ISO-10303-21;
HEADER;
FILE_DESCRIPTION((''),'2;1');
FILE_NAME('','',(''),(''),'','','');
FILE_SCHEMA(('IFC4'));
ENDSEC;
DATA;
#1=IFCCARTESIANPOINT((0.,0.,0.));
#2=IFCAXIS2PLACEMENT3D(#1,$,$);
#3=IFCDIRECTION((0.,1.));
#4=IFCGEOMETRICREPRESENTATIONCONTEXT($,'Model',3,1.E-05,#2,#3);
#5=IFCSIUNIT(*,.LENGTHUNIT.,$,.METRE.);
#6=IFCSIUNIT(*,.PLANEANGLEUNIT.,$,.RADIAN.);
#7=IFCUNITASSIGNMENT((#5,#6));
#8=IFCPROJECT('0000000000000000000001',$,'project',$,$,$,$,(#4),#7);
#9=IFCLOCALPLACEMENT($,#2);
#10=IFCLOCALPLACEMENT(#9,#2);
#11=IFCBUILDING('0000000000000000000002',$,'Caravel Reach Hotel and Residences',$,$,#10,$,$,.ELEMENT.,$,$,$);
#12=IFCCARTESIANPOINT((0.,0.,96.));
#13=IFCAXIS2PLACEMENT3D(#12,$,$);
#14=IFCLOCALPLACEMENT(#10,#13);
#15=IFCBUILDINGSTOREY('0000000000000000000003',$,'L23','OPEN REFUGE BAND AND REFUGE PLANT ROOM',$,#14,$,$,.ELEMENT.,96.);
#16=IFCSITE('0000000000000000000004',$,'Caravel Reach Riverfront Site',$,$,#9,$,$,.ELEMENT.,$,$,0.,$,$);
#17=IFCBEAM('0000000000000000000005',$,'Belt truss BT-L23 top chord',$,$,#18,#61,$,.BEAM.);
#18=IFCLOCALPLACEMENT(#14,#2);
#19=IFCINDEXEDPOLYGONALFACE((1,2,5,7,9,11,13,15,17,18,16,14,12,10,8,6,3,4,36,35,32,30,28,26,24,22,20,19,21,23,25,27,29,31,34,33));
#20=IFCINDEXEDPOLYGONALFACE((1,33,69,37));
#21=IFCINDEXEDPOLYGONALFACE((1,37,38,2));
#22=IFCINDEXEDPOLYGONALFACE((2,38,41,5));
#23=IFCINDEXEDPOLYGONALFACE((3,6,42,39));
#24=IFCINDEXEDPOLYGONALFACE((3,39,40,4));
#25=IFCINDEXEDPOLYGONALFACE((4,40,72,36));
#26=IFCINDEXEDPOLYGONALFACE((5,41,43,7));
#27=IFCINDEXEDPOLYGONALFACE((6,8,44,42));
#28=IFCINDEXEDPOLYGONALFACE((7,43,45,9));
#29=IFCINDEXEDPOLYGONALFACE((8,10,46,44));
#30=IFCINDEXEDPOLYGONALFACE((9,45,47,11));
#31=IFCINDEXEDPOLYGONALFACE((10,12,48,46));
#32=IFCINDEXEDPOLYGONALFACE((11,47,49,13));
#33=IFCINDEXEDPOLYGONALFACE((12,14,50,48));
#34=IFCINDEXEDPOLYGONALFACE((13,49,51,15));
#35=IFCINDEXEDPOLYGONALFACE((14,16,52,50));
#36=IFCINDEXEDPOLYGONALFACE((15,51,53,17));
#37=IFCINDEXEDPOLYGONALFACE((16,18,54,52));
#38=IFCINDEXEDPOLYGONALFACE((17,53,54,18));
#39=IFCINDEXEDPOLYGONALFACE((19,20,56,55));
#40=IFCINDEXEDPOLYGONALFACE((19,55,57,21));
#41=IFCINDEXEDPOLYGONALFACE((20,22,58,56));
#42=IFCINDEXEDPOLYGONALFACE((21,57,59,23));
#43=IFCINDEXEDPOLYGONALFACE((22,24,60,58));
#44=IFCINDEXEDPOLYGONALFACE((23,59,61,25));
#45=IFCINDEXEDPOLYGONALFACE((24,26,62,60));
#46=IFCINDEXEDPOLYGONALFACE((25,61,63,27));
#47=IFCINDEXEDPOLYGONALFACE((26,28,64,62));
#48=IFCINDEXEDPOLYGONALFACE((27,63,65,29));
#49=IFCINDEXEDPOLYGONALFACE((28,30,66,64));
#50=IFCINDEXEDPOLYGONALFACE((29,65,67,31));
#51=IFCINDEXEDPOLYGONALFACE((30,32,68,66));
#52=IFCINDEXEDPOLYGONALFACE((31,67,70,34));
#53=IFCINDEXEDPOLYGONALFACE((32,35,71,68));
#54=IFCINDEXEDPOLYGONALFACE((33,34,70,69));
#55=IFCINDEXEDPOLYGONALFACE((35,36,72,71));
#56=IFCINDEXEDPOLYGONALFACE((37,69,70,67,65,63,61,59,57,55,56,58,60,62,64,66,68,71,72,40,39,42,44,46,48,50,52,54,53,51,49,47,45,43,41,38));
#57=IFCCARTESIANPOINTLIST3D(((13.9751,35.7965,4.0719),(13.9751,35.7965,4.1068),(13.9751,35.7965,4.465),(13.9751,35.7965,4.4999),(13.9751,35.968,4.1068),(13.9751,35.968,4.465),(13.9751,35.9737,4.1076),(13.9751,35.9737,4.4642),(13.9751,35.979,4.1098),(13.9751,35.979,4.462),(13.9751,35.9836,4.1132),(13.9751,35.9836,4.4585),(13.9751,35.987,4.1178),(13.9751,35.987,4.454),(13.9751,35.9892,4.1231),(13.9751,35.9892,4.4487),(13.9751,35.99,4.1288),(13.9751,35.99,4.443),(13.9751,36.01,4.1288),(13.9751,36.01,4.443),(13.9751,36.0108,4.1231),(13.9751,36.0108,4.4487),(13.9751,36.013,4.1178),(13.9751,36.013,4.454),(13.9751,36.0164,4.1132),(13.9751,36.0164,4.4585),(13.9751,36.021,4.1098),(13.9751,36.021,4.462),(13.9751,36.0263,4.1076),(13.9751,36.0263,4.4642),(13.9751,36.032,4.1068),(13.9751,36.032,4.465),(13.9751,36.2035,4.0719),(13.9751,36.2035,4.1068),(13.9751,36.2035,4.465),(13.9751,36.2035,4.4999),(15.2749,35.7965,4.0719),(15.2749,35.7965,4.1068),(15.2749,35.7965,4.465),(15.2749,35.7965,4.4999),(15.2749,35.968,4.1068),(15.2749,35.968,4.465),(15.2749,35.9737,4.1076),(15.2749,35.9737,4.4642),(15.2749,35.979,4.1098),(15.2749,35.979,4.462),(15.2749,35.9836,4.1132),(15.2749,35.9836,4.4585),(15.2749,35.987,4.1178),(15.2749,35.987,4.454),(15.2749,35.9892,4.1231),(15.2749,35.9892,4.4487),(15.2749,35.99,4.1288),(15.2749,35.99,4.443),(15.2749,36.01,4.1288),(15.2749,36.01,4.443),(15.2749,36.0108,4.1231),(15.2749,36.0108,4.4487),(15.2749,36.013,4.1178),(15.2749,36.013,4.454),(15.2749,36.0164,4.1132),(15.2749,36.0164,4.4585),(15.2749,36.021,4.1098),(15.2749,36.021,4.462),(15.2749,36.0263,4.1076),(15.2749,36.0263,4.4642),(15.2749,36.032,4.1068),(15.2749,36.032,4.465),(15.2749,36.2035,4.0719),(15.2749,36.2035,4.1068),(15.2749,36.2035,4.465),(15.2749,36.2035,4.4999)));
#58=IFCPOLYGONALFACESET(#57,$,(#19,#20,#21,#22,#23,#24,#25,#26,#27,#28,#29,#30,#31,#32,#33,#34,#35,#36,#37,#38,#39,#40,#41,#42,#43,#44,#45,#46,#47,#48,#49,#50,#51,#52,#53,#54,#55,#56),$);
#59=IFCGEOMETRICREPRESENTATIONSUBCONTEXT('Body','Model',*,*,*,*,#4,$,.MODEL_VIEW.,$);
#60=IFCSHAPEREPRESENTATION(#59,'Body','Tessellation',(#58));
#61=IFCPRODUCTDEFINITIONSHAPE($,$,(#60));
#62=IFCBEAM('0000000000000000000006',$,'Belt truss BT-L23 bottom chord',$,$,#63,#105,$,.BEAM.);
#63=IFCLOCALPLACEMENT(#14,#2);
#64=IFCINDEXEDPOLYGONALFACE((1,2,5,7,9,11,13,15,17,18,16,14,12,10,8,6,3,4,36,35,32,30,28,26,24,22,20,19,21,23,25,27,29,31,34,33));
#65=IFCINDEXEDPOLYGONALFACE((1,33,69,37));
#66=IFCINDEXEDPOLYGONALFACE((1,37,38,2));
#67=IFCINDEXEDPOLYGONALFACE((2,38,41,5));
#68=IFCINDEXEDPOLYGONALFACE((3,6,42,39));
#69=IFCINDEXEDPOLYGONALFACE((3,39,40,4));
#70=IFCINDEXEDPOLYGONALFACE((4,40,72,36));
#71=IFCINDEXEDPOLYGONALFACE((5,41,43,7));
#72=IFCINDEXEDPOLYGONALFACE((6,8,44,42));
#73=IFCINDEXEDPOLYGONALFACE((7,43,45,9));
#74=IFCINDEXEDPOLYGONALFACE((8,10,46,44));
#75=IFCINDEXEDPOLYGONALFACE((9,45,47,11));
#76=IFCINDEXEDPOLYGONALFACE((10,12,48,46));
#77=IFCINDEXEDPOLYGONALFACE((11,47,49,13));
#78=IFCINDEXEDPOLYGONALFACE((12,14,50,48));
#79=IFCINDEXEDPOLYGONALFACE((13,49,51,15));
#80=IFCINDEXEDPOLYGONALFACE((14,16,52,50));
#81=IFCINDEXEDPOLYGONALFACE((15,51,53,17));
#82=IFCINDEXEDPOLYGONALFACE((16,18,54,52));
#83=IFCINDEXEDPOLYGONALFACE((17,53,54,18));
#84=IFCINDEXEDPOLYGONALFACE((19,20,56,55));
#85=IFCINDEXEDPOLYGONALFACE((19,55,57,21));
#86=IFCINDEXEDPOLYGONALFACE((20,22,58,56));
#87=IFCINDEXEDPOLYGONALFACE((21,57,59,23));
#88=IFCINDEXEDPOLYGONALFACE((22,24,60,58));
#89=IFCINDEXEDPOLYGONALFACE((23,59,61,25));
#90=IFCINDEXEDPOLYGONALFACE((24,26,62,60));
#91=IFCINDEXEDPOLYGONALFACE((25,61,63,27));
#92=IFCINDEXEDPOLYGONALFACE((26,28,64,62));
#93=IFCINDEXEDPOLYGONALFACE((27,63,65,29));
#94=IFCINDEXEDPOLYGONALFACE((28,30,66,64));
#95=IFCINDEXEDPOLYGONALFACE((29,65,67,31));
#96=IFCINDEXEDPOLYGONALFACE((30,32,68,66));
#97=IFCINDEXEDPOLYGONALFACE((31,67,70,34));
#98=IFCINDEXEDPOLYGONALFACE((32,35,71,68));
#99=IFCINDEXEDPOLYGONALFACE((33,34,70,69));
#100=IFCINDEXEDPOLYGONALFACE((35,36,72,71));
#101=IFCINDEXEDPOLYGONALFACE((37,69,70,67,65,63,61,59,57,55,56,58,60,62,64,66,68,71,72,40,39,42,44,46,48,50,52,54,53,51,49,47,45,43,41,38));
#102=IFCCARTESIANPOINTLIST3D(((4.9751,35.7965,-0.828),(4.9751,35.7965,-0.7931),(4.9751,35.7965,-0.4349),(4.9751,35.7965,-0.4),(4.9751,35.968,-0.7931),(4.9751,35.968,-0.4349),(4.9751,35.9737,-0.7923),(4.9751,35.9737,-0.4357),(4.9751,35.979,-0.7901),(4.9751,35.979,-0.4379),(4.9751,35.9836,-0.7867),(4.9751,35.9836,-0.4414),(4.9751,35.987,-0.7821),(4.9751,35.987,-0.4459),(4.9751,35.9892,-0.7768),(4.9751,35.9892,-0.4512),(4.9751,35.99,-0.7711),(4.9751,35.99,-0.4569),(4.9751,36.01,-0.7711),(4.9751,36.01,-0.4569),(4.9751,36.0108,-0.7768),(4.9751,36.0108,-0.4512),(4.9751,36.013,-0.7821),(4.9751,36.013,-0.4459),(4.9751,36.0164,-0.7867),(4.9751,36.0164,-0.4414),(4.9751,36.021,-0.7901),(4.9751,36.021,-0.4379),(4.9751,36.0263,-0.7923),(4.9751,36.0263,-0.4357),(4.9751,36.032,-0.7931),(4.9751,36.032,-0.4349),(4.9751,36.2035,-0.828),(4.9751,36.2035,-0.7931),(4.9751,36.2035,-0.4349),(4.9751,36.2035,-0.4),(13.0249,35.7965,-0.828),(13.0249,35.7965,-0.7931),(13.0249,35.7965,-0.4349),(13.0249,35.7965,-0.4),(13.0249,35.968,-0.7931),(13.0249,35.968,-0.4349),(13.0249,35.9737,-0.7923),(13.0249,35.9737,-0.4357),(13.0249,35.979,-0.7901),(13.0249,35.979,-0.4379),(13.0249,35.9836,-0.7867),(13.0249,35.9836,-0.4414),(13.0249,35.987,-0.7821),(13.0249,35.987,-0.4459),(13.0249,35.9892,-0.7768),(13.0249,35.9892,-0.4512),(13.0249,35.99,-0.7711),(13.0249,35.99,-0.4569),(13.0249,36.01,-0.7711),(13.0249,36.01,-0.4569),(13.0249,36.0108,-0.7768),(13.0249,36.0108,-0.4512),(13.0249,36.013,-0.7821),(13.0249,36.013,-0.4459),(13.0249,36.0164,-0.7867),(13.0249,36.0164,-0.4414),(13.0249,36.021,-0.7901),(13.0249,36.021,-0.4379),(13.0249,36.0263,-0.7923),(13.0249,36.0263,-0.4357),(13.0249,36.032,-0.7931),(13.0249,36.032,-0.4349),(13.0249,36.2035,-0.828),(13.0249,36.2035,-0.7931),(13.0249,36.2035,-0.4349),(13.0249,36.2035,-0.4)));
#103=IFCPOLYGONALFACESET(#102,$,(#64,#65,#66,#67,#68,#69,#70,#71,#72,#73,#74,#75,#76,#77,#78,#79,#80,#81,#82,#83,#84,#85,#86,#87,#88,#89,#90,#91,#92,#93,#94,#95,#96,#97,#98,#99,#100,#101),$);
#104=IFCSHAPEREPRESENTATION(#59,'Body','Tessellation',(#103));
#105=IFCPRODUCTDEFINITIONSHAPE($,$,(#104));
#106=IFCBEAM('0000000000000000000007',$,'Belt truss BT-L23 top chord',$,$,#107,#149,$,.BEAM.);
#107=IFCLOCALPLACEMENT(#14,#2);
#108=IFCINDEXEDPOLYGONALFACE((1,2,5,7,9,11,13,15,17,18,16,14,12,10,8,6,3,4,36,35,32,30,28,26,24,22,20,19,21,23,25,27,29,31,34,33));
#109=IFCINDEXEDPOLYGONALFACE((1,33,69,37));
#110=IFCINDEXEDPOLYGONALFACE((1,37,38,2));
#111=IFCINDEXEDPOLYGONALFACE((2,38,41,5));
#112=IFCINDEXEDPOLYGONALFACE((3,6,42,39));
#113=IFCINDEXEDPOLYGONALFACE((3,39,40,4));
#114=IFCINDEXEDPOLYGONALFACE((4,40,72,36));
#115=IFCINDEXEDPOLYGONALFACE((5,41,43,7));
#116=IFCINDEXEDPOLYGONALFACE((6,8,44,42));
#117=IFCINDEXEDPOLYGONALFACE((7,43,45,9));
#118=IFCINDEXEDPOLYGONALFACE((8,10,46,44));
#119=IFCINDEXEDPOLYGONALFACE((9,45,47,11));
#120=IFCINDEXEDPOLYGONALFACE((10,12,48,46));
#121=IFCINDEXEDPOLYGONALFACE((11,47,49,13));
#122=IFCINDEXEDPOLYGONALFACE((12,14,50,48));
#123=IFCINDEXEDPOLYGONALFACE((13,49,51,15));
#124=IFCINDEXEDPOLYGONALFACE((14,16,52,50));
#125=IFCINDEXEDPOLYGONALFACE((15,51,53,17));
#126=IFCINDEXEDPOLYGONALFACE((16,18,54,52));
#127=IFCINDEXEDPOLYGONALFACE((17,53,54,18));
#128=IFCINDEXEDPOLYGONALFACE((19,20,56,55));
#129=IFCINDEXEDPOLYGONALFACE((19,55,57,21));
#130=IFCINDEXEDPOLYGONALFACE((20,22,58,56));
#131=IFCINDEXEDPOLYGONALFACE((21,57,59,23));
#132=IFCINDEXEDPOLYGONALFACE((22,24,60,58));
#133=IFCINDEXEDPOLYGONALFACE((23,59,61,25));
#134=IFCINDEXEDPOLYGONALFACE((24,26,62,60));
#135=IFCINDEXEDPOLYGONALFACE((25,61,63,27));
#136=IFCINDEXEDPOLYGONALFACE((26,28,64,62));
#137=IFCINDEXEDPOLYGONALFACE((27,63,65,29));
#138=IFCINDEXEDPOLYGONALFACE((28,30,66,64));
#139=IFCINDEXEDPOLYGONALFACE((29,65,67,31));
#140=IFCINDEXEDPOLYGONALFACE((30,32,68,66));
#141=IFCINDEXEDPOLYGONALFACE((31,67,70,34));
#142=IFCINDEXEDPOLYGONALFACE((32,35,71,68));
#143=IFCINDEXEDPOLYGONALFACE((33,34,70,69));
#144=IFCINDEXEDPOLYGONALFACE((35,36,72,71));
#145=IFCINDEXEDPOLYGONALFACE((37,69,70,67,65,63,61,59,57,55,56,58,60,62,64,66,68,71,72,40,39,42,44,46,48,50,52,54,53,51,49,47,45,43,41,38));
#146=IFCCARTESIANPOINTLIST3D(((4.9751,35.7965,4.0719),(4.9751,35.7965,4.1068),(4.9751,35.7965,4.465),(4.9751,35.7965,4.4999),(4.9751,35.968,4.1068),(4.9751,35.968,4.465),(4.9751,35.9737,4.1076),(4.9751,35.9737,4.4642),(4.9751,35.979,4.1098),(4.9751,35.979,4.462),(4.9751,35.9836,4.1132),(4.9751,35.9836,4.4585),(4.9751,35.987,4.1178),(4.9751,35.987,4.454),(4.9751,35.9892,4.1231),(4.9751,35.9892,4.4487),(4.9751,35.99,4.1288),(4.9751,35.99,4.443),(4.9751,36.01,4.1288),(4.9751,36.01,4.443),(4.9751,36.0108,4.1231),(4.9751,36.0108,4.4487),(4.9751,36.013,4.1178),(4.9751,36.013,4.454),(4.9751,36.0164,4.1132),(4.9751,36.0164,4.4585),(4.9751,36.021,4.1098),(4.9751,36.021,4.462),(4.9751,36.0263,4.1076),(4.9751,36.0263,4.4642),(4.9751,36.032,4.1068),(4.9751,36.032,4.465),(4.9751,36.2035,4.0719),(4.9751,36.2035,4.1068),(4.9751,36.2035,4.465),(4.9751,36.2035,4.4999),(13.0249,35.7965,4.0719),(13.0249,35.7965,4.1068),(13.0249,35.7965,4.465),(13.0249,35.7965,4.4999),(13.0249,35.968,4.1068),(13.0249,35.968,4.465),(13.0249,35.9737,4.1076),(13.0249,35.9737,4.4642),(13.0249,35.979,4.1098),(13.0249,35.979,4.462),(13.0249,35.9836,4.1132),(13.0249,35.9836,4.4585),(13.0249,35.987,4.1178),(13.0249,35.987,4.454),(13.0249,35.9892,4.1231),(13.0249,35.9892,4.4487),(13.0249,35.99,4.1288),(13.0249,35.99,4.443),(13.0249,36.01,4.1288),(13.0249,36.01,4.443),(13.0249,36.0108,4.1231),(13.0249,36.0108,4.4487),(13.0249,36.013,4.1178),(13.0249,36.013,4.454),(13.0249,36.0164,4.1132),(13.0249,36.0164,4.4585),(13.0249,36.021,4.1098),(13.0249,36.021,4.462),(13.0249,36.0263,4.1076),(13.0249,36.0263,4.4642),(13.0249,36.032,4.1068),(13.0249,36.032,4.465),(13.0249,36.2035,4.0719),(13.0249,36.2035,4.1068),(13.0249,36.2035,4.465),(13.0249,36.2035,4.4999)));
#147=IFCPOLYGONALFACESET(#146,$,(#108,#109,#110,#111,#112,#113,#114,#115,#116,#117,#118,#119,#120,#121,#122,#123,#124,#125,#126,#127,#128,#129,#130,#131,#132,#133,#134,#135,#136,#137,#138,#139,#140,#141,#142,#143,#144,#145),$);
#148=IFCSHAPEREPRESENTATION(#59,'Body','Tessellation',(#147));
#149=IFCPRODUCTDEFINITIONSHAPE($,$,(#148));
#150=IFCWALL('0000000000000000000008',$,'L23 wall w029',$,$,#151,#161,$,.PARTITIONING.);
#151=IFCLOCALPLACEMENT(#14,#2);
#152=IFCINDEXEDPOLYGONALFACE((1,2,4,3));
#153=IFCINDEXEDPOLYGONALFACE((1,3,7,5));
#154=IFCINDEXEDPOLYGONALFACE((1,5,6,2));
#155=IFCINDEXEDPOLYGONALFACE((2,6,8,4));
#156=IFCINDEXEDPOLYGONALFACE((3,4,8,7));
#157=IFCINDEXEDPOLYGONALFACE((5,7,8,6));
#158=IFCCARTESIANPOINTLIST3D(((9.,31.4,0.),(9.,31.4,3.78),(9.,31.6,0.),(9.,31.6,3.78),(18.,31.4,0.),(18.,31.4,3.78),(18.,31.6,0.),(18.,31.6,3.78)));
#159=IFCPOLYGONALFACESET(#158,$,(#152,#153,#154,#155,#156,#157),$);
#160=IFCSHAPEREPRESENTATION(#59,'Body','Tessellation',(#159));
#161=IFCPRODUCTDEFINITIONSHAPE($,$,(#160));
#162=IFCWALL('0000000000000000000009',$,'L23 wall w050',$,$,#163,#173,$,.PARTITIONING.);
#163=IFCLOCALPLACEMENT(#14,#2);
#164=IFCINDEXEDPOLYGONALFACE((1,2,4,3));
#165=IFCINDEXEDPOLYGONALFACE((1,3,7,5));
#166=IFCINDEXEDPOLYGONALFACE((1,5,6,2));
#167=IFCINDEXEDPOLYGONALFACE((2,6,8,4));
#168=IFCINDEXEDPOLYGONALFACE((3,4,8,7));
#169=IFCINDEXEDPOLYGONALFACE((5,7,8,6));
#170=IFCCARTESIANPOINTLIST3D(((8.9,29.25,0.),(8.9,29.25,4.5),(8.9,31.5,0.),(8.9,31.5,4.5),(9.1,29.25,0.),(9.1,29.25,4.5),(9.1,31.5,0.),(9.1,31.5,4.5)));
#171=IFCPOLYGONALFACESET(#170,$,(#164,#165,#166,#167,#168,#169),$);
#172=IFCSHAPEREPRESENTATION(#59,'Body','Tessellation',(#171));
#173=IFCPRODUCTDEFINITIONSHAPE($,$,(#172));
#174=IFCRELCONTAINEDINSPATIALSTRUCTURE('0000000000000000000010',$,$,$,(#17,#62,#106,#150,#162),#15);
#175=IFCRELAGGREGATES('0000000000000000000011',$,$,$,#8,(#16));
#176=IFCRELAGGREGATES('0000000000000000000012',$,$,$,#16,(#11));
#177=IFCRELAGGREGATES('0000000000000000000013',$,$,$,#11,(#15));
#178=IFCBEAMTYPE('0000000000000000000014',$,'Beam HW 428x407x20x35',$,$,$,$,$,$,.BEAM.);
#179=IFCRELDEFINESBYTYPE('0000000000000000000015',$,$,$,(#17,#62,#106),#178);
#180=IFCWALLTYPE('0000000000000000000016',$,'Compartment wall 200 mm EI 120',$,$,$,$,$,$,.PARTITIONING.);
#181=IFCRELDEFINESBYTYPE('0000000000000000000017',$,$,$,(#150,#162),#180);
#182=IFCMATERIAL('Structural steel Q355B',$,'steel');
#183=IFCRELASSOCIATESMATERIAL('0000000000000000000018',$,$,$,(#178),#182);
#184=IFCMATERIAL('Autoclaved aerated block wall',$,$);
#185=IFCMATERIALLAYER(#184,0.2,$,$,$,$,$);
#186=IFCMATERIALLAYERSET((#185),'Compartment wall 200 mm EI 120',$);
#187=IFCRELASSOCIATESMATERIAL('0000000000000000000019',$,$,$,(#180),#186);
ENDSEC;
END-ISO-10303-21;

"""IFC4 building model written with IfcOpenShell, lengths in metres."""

from ifc_helpers import new_model, si_unit, direction, frame, frame_2d, origin, origin_2d, place, context, subcontext, project, spatial, rectangle, i_section, extrude, material, layer, layer_set, material_profile, profile_set, type_object, element, save


model = new_model("IFC4")

# Units and contexts
model_context = context("Model", 3, precision=1e-05, world=origin(), true_north=direction((0.0, 1.0)))
body_context = subcontext(model_context, "Body", "Model", "MODEL_VIEW")
ifc_project = project(units=[si_unit("LENGTHUNIT", "METRE"), si_unit("PLANEANGLEUNIT", "RADIAN")], contexts=[model_context])

# Site, building, storey
site_placement = place(None, origin())
site = spatial("IfcSite", under=ifc_project, at=site_placement, Name="Caravel Reach Riverfront Site", CompositionType="ELEMENT", RefElevation=0.0)
building_placement = place(site_placement, origin())
building = spatial("IfcBuilding", under=site, at=building_placement, Name="Caravel Reach Hotel and Residences", CompositionType="ELEMENT")
storey_placement = place(building_placement, frame((0.0, 0.0, 96.0)))
storey = spatial("IfcBuildingStorey", under=building, at=storey_placement, Name="L23", Description="OPEN REFUGE BAND AND REFUGE PLANT ROOM", CompositionType="ELEMENT", Elevation=96.0)

# Beams
ifc_material_1 = material(Name="Structural steel Q355B", Category="steel")
ifc_material_profile_1 = material_profile(ifc_material_1, i_section(OverallWidth=0.407, OverallDepth=0.428, WebThickness=0.02, FlangeThickness=0.0349, FilletRadius=0.022, at=origin_2d()), Name="HW 428x407x20x35")
ifc_profile_set_1 = profile_set([ifc_material_profile_1], Name="Structural steel Q355B")
beam_type_1 = type_object("IfcBeamType", Name="Beam HW 428x407x20x35", PredefinedType="BEAM", material=ifc_profile_set_1)
for number, where, z_axis, x_axis, name in (
    (1, (15.2749, 36.0, 4.2859), (-1.0, 0.0, 0.0), (0.0, -1.0, 0.0), "Belt truss BT-L23 top chord"),
):
    element("IfcBeam", number, at=place(storey_placement, frame(where, z_axis=z_axis, x_axis=x_axis)), inside=storey, type_object=beam_type_1, Name=name, PredefinedType="BEAM", context=body_context, shape_type="SweptSolid", body=[
        extrude(i_section(OverallWidth=0.407, OverallDepth=0.428, WebThickness=0.02, FlangeThickness=0.0349, FilletRadius=0.022, at=origin_2d()), origin(), (0.0, 0.0, 1.0), 1.2998),
    ])
for number, where, z_axis, x_axis, name in (
    (2, (13.0249, 36.0, -0.614), (-1.0, 0.0, 0.0), (0.0, -1.0, 0.0), "Belt truss BT-L23 bottom chord"),
    (3, (13.0249, 36.0, 4.2859), (-1.0, 0.0, 0.0), (0.0, -1.0, 0.0), "Belt truss BT-L23 top chord"),
):
    element("IfcBeam", number, at=place(storey_placement, frame(where, z_axis=z_axis, x_axis=x_axis)), inside=storey, type_object=beam_type_1, Name=name, PredefinedType="BEAM", context=body_context, shape_type="SweptSolid", body=[
        extrude(i_section(OverallWidth=0.407, OverallDepth=0.428, WebThickness=0.02, FlangeThickness=0.0349, FilletRadius=0.022, at=origin_2d()), origin(), (0.0, 0.0, 1.0), 8.0498),
    ])

# Walls
ifc_material_2 = material(Name="Autoclaved aerated block wall")
ifc_layer_1 = layer(ifc_material_2, 0.2)
ifc_layer_set_1 = layer_set([ifc_layer_1], Name="Compartment wall 200 mm EI 120")
wall_type_1 = type_object("IfcWallType", Name="Compartment wall 200 mm EI 120", PredefinedType="PARTITIONING", material=ifc_layer_set_1)
wall_1_placement = place(storey_placement, frame((9.0, 31.5, 0.0), z_axis=(0.0, 0.0, 1.0), x_axis=(1.0, 0.0, 0.0)))
element("IfcWall", 4, at=wall_1_placement, inside=storey, type_object=wall_type_1, Name="L23 wall w029", PredefinedType="PARTITIONING", context=body_context, shape_type="SweptSolid", body=[
    extrude(rectangle(XDim=9.0, YDim=0.2, at=frame_2d((4.5, 0.0))), origin(), (0.0, 0.0, 1.0), 3.78),
])
wall_2_placement = place(storey_placement, frame((9.0, 29.25, 0.0), z_axis=(0.0, 0.0, 1.0), x_axis=(0.0, 1.0, 0.0)))
element("IfcWall", 5, at=wall_2_placement, inside=storey, type_object=wall_type_1, Name="L23 wall w050", PredefinedType="PARTITIONING", context=body_context, shape_type="SweptSolid", body=[
    extrude(rectangle(XDim=2.25, YDim=0.2, at=frame_2d((1.125, 0.0))), origin(), (0.0, 0.0, 1.0), 4.5),
])

save(model, "model.ifc")
